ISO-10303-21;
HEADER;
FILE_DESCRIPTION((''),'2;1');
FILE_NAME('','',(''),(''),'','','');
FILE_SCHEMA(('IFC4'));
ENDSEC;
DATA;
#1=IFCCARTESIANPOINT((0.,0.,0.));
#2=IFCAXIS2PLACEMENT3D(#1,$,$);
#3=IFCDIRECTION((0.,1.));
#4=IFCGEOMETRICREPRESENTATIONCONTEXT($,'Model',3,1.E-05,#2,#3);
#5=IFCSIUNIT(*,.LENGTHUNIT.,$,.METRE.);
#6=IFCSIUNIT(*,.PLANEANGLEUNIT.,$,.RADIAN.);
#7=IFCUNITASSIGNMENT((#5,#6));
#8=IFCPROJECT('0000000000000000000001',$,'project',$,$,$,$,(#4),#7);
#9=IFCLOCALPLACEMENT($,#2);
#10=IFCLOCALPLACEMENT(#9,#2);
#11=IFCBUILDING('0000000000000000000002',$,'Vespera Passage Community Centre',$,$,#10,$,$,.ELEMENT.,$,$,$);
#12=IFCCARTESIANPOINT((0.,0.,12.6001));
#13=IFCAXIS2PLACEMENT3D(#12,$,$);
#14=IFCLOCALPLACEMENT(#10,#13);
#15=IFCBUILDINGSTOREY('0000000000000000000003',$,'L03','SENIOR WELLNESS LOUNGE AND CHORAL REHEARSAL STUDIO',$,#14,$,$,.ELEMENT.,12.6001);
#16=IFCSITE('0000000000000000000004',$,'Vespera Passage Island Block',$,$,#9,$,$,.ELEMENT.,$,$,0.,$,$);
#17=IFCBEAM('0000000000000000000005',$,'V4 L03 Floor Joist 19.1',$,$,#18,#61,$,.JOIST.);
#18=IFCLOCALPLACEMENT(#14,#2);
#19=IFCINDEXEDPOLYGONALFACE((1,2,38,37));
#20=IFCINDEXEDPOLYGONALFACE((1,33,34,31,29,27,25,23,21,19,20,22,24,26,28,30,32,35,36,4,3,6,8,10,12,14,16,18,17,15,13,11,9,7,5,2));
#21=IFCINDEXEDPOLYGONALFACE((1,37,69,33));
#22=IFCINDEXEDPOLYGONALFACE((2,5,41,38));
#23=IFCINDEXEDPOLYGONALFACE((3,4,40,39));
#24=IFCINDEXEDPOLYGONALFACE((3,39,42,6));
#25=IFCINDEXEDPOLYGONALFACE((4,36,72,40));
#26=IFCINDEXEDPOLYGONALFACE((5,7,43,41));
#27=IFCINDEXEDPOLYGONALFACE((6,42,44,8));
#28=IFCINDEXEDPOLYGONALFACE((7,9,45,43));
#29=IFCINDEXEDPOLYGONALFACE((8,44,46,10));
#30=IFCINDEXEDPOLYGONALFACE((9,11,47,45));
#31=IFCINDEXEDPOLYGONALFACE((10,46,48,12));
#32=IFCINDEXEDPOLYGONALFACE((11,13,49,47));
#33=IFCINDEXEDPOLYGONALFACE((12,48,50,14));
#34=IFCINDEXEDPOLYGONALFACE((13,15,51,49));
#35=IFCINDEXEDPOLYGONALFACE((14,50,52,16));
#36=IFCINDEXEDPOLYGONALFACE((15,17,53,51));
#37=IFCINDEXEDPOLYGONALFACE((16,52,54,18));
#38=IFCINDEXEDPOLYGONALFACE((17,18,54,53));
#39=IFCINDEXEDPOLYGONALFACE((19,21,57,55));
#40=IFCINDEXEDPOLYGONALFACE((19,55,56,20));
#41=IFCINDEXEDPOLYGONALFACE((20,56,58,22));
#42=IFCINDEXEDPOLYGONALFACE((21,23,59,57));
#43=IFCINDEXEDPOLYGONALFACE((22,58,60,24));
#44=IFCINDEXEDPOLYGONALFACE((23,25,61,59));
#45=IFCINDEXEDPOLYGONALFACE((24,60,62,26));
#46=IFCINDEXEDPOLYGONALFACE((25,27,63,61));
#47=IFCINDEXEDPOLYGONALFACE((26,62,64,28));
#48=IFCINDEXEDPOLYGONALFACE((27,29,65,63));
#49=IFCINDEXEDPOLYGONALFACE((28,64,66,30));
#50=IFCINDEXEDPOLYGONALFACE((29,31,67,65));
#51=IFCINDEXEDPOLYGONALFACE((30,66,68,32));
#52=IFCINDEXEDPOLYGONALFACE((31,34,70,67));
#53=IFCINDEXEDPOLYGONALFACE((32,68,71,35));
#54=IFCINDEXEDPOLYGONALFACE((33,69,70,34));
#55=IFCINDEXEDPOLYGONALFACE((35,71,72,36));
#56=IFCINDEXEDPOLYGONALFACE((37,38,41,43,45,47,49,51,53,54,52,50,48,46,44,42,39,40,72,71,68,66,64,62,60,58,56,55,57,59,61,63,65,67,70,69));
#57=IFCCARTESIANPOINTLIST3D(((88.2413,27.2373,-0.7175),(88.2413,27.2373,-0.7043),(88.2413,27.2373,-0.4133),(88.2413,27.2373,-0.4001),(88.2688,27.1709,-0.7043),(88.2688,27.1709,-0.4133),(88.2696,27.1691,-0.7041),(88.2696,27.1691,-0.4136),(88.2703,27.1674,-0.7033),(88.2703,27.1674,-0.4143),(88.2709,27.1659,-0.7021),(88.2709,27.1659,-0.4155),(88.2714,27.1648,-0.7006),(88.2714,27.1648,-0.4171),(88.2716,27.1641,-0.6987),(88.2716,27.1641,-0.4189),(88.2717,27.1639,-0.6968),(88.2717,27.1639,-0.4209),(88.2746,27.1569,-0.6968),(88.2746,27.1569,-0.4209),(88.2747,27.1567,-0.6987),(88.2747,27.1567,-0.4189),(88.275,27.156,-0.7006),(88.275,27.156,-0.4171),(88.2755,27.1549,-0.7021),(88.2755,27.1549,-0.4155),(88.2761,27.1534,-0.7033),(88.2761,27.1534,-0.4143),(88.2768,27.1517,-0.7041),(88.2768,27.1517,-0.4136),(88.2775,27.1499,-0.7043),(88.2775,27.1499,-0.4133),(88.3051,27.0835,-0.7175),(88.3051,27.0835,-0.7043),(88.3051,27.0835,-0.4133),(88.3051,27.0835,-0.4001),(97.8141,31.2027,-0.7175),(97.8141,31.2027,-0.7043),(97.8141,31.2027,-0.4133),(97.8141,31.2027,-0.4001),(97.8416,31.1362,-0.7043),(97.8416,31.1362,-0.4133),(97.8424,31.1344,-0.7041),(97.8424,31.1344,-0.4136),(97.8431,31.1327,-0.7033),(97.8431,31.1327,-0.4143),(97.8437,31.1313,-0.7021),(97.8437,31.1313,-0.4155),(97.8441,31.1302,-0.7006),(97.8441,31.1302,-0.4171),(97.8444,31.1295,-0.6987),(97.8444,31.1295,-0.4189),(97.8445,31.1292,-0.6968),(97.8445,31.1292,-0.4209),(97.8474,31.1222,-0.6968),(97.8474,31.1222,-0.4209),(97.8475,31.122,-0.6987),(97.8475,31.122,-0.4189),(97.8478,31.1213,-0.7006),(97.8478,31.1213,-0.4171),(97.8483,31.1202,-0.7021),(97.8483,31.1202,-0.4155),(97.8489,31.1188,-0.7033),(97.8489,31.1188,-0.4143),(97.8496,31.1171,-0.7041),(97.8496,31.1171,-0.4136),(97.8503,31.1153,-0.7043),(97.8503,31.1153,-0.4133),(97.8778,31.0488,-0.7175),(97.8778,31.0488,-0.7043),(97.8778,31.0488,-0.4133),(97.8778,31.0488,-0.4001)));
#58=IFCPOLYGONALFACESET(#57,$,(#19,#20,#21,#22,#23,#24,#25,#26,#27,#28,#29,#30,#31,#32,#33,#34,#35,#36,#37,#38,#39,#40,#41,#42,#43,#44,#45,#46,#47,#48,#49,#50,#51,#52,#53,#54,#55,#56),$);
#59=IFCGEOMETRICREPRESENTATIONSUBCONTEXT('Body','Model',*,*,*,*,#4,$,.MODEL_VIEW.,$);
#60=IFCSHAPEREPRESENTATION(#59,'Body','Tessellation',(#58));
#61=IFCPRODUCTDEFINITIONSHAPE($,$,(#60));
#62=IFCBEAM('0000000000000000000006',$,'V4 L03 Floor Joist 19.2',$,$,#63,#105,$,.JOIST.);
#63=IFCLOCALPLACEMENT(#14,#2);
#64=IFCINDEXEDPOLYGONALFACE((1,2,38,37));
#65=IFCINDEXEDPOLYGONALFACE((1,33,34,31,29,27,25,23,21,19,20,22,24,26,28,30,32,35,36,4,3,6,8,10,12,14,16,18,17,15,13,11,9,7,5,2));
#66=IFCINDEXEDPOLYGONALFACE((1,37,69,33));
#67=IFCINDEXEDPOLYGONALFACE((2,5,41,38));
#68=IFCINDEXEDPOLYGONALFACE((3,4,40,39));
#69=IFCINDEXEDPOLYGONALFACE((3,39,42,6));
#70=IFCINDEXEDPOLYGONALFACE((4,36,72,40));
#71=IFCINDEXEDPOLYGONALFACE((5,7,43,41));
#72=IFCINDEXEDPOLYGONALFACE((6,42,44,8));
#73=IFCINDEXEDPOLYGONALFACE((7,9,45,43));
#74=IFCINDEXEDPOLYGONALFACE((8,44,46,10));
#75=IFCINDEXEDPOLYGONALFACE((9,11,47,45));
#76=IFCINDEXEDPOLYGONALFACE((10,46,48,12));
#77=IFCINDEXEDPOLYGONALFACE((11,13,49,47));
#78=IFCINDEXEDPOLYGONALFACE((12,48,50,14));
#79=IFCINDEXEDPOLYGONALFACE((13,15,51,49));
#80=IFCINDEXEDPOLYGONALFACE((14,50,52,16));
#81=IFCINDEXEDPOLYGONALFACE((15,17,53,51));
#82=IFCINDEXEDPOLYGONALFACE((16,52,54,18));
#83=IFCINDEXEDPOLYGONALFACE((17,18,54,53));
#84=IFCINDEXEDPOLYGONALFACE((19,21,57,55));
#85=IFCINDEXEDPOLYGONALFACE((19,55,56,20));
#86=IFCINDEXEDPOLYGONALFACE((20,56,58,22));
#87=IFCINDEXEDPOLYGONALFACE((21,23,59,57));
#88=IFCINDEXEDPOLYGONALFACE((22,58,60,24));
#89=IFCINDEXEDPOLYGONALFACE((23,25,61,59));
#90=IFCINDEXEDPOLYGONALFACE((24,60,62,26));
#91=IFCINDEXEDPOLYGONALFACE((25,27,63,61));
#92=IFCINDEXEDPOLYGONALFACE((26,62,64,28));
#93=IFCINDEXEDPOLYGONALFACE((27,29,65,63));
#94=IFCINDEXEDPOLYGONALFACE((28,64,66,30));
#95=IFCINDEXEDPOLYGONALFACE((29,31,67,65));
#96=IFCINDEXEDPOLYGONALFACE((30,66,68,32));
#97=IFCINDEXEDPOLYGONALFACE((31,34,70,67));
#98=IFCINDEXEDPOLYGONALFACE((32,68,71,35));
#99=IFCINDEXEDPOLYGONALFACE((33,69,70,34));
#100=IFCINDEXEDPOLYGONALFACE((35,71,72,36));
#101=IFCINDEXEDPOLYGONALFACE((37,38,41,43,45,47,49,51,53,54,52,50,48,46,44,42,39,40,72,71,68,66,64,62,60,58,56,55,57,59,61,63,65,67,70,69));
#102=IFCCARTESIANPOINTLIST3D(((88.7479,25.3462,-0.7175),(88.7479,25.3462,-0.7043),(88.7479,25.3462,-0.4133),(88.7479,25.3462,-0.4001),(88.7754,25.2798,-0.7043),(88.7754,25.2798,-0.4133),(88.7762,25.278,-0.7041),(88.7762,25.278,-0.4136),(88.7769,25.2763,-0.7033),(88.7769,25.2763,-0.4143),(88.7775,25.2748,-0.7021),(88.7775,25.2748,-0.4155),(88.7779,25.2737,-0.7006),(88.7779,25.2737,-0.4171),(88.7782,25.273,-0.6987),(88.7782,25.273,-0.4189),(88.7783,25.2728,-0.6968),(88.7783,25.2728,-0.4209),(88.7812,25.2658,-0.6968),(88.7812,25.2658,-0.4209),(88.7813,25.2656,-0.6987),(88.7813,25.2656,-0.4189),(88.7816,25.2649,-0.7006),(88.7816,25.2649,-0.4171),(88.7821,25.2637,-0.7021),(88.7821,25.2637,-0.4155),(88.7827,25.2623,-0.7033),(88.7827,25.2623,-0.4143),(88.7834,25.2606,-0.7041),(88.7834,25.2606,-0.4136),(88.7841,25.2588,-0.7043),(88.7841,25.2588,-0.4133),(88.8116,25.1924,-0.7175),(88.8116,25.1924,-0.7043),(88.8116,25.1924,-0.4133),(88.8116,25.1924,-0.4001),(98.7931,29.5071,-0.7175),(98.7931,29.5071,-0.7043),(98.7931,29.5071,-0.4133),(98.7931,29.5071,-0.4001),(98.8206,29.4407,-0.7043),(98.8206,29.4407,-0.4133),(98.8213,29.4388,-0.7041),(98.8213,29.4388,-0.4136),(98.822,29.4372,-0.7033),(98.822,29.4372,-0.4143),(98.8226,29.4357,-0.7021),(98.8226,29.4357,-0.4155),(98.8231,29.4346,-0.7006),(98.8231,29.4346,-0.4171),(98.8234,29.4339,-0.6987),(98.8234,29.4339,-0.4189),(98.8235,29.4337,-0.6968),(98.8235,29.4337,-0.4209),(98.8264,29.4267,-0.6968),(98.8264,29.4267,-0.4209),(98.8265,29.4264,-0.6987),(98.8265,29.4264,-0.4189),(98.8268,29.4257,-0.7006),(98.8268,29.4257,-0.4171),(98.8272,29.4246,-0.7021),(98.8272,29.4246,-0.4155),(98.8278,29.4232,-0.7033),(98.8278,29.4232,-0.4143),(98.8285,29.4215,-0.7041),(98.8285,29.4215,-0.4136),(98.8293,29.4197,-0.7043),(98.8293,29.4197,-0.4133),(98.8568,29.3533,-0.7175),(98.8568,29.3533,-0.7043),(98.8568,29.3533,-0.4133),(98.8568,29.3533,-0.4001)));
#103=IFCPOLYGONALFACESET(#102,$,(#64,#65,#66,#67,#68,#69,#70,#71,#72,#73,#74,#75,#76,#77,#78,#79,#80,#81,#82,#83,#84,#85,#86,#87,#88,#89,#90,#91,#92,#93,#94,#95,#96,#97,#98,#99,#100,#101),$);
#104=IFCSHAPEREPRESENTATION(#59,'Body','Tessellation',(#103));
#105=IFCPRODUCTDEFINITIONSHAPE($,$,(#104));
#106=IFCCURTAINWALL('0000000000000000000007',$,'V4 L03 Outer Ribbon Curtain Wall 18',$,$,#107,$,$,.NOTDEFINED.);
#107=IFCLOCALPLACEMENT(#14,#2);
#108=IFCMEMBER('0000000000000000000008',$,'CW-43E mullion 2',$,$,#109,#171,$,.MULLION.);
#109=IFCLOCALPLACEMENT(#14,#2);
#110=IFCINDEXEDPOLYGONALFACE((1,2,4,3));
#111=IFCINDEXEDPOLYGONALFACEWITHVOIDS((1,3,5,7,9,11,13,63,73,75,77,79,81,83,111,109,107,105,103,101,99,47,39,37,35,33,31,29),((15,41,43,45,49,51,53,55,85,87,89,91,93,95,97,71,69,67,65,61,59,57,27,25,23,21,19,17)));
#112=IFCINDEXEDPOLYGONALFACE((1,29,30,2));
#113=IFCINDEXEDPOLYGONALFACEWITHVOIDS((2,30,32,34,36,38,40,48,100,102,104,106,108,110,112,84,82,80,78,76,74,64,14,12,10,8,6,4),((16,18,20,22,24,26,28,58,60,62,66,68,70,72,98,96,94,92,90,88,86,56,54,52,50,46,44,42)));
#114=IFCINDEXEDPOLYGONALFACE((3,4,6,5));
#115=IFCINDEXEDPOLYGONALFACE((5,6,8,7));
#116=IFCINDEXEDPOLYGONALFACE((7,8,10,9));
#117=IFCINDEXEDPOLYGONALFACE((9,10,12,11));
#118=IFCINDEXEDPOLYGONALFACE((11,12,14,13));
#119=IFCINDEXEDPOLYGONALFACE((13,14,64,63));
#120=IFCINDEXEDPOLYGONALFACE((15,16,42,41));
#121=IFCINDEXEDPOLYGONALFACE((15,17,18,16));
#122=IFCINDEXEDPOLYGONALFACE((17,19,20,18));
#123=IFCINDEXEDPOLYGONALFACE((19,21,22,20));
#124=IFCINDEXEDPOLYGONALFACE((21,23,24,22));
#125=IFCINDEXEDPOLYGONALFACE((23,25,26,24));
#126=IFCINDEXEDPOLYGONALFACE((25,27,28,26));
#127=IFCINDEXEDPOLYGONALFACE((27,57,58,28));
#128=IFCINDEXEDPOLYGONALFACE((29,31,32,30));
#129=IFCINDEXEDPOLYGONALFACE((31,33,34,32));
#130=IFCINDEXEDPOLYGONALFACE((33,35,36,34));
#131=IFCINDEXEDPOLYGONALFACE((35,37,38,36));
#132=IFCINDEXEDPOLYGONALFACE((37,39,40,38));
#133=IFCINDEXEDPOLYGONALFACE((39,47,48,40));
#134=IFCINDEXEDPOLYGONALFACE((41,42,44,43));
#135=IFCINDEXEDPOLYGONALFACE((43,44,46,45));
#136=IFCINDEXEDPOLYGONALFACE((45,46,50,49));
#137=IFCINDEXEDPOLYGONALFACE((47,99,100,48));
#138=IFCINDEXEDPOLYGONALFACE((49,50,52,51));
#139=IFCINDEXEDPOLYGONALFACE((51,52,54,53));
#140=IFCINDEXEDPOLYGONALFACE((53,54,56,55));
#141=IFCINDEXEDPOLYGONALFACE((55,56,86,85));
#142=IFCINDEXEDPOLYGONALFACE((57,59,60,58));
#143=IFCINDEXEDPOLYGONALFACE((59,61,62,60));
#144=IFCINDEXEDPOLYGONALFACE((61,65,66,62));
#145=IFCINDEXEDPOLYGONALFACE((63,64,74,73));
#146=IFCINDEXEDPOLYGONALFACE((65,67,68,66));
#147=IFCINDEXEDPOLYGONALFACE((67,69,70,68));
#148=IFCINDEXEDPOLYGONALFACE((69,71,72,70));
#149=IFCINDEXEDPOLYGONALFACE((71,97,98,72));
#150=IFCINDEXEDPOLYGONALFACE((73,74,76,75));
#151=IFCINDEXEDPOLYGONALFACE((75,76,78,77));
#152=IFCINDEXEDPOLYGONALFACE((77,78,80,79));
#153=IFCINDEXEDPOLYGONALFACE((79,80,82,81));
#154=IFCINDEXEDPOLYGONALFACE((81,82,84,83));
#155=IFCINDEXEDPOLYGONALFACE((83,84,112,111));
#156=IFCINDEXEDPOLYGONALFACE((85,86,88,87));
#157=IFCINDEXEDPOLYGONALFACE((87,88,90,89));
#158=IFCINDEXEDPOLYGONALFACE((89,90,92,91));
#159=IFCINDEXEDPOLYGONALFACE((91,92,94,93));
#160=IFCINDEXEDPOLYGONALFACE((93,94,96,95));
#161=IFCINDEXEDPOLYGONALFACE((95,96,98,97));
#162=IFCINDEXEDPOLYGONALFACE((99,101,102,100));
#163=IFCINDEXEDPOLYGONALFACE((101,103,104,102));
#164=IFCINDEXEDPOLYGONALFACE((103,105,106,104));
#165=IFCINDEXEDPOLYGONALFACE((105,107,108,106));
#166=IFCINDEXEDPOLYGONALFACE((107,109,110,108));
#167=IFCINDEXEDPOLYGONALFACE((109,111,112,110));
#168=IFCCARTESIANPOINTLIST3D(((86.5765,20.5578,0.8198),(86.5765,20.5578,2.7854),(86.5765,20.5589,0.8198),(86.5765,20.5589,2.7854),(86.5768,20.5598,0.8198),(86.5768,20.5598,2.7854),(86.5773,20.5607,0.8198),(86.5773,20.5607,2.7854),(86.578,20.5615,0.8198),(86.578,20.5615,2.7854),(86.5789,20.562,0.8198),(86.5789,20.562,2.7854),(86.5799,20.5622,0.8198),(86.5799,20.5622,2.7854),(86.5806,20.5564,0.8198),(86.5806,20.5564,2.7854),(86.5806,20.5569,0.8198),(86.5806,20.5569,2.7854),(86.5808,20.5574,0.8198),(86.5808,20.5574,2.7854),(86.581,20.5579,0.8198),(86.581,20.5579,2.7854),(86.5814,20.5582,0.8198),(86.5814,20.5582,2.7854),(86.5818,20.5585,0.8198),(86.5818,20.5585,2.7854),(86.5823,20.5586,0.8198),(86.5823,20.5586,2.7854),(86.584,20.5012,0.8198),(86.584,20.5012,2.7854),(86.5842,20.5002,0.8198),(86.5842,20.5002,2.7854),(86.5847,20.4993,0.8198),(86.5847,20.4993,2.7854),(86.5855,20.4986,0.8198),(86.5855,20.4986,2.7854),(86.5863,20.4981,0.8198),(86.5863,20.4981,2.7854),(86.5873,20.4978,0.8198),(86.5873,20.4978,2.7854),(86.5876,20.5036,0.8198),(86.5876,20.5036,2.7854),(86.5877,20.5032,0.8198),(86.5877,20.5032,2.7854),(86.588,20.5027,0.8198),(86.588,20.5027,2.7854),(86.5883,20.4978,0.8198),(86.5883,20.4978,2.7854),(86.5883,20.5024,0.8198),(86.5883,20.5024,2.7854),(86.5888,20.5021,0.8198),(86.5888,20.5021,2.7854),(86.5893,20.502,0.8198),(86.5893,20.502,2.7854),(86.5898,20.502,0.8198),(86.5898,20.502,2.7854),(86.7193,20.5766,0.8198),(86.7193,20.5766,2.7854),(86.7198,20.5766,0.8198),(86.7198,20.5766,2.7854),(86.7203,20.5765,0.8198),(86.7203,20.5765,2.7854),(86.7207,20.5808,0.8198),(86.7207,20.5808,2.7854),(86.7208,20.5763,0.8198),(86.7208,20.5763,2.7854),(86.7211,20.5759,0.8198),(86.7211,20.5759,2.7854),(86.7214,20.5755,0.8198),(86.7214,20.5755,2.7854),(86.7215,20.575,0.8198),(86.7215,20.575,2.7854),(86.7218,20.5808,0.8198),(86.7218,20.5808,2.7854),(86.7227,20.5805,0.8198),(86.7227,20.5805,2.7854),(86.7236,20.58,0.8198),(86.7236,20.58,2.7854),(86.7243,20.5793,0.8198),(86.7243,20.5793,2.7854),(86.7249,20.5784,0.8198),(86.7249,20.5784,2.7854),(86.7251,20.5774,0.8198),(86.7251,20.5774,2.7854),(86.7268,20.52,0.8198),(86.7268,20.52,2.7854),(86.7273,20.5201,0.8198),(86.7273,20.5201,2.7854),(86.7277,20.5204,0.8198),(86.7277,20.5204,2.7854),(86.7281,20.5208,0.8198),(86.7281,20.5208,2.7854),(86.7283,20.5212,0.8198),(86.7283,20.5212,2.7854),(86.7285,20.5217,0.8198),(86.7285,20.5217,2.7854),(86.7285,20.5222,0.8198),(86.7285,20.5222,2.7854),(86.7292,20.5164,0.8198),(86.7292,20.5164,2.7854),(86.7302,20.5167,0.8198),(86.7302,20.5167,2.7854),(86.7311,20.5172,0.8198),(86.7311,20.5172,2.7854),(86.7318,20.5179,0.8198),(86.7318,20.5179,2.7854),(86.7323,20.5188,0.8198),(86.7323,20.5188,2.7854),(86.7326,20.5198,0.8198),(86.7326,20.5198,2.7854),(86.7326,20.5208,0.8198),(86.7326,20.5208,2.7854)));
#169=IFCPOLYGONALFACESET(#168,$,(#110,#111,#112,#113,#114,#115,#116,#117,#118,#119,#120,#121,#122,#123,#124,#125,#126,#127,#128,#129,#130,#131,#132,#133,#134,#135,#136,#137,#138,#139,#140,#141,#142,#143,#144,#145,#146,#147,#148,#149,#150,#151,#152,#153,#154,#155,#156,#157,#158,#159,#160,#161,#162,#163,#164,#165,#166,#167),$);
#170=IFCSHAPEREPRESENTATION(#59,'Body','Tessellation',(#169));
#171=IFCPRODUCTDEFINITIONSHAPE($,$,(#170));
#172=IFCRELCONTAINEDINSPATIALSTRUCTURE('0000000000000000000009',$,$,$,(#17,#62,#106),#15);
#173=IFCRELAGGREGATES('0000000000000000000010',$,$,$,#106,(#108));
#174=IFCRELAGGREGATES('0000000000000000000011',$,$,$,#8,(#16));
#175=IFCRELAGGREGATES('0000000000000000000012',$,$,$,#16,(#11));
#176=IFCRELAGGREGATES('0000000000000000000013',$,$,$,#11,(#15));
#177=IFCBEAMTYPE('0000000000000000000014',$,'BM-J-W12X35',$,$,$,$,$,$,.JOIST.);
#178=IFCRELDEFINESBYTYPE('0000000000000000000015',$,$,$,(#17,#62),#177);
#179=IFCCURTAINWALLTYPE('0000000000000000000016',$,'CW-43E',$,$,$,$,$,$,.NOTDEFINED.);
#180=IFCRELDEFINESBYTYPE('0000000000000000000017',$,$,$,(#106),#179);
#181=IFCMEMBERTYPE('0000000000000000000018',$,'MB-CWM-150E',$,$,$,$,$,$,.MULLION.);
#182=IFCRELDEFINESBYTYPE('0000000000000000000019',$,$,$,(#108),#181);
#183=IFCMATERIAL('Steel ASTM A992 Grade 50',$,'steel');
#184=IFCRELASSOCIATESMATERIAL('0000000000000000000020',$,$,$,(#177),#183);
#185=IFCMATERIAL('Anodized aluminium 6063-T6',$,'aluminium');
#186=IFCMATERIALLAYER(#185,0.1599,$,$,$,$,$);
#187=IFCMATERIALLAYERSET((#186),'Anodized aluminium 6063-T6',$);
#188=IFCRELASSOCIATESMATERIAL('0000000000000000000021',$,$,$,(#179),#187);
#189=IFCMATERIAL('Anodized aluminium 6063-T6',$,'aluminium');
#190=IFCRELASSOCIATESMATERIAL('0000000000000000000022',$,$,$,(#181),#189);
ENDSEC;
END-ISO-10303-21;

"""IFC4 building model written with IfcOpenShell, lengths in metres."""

from ifc_helpers import new_model, si_unit, direction, frame, origin, origin_2d, place, context, subcontext, project, spatial, hollow_rectangle, i_section, extrude, material, layer, layer_set, material_profile, profile_set, type_object, element, aggregate, save


model = new_model("IFC4")

# Units and contexts
model_context = context("Model", 3, precision=1e-05, world=origin(), true_north=direction((0.0, 1.0)))
body_context = subcontext(model_context, "Body", "Model", "MODEL_VIEW")
ifc_project = project(units=[si_unit("LENGTHUNIT", "METRE"), si_unit("PLANEANGLEUNIT", "RADIAN")], contexts=[model_context])

# Site, building, storey
site_placement = place(None, origin())
site = spatial("IfcSite", under=ifc_project, at=site_placement, Name="Vespera Passage Island Block", CompositionType="ELEMENT", RefElevation=0.0)
building_placement = place(site_placement, origin())
building = spatial("IfcBuilding", under=site, at=building_placement, Name="Vespera Passage Community Centre", CompositionType="ELEMENT")
storey_placement = place(building_placement, frame((0.0, 0.0, 12.6001)))
storey = spatial("IfcBuildingStorey", under=building, at=storey_placement, Name="L03", Description="SENIOR WELLNESS LOUNGE AND CHORAL REHEARSAL STUDIO", CompositionType="ELEMENT", Elevation=12.6001)

# Beams
ifc_material_1 = material(Name="Steel ASTM A992 Grade 50", Category="steel")
ifc_material_profile_1 = material_profile(ifc_material_1, i_section(OverallWidth=0.1665, OverallDepth=0.3174, WebThickness=0.0076, FlangeThickness=0.0132, FilletRadius=0.0076, at=origin_2d()), Name="W12X35")
ifc_profile_set_1 = profile_set([ifc_material_profile_1], Name="Steel ASTM A992 Grade 50")
beam_type = type_object("IfcBeamType", Name="BM-J-W12X35", PredefinedType="JOIST", material=ifc_profile_set_1)
beam_1_placement = place(storey_placement, frame((88.2732, 27.1604, -0.5588), z_axis=(0.923874, 0.382697, 0.0), x_axis=(-0.382697, 0.923874, 0.0)))
element("IfcBeam", 1, at=beam_1_placement, inside=storey, type_object=beam_type, Name="V4 L03 Floor Joist 19.1", PredefinedType="JOIST", context=body_context, shape_type="SweptSolid", body=[
    extrude(i_section(OverallWidth=0.1665, OverallDepth=0.3174, WebThickness=0.0076, FlangeThickness=0.0132, FilletRadius=0.0076, at=origin_2d()), origin(), (0.0, 0.0, 1.0), 10.3616),
])
beam_2_placement = place(storey_placement, frame((88.7798, 25.2693, -0.5588), z_axis=(0.923878, 0.382687, 0.0), x_axis=(-0.382687, 0.923878, 0.0)))
element("IfcBeam", 2, at=beam_2_placement, inside=storey, type_object=beam_type, Name="V4 L03 Floor Joist 19.2", PredefinedType="JOIST", context=body_context, shape_type="SweptSolid", body=[
    extrude(i_section(OverallWidth=0.1665, OverallDepth=0.3174, WebThickness=0.0076, FlangeThickness=0.0132, FilletRadius=0.0076, at=origin_2d()), origin(), (0.0, 0.0, 1.0), 10.8728),
])

# Curtain wall, member
ifc_material_2 = material(Name="Anodized aluminium 6063-T6", Category="aluminium")
ifc_layer_1 = layer(ifc_material_2, 0.1599)
ifc_layer_set_1 = layer_set([ifc_layer_1], Name="Anodized aluminium 6063-T6")
curtain_wall_type = type_object("IfcCurtainWallType", Name="CW-43E", PredefinedType="NOTDEFINED", material=ifc_layer_set_1)
curtain_wall_placement = place(storey_placement, origin())
curtain_wall = element("IfcCurtainWall", 3, at=curtain_wall_placement, inside=storey, type_object=curtain_wall_type, Name="V4 L03 Outer Ribbon Curtain Wall 18", PredefinedType="NOTDEFINED")
ifc_material_3 = material(Name="Anodized aluminium 6063-T6", Category="aluminium")
ifc_material_profile_2 = material_profile(ifc_material_3, hollow_rectangle(XDim=0.0649, YDim=0.1499, WallThickness=0.0039, InnerFilletRadius=0.002, OuterFilletRadius=0.0039, at=origin_2d()), Name="ALU150X65X4")
ifc_profile_set_2 = profile_set([ifc_material_profile_2], Name="Anodized aluminium 6063-T6")
member_type_1 = type_object("IfcMemberType", Name="MB-CWM-150E", PredefinedType="MULLION", material=ifc_profile_set_2)
member_1_placement = place(storey_placement, frame((86.6545, 20.5393, 0.8198), z_axis=(0.0, 0.0, 1.0), x_axis=(0.130531, -0.991444, 0.0)))
member_1 = element("IfcMember", 4, at=member_1_placement, type_object=member_type_1, Name="CW-43E mullion 2", PredefinedType="MULLION", context=body_context, shape_type="SweptSolid", body=[
    extrude(hollow_rectangle(XDim=0.0649, YDim=0.1499, WallThickness=0.0039, InnerFilletRadius=0.002, OuterFilletRadius=0.0039, at=origin_2d()), origin(), (0.0, 0.0, 1.0), 1.9656),
])
aggregate(curtain_wall, [member_1])

save(model, "model.ifc")
